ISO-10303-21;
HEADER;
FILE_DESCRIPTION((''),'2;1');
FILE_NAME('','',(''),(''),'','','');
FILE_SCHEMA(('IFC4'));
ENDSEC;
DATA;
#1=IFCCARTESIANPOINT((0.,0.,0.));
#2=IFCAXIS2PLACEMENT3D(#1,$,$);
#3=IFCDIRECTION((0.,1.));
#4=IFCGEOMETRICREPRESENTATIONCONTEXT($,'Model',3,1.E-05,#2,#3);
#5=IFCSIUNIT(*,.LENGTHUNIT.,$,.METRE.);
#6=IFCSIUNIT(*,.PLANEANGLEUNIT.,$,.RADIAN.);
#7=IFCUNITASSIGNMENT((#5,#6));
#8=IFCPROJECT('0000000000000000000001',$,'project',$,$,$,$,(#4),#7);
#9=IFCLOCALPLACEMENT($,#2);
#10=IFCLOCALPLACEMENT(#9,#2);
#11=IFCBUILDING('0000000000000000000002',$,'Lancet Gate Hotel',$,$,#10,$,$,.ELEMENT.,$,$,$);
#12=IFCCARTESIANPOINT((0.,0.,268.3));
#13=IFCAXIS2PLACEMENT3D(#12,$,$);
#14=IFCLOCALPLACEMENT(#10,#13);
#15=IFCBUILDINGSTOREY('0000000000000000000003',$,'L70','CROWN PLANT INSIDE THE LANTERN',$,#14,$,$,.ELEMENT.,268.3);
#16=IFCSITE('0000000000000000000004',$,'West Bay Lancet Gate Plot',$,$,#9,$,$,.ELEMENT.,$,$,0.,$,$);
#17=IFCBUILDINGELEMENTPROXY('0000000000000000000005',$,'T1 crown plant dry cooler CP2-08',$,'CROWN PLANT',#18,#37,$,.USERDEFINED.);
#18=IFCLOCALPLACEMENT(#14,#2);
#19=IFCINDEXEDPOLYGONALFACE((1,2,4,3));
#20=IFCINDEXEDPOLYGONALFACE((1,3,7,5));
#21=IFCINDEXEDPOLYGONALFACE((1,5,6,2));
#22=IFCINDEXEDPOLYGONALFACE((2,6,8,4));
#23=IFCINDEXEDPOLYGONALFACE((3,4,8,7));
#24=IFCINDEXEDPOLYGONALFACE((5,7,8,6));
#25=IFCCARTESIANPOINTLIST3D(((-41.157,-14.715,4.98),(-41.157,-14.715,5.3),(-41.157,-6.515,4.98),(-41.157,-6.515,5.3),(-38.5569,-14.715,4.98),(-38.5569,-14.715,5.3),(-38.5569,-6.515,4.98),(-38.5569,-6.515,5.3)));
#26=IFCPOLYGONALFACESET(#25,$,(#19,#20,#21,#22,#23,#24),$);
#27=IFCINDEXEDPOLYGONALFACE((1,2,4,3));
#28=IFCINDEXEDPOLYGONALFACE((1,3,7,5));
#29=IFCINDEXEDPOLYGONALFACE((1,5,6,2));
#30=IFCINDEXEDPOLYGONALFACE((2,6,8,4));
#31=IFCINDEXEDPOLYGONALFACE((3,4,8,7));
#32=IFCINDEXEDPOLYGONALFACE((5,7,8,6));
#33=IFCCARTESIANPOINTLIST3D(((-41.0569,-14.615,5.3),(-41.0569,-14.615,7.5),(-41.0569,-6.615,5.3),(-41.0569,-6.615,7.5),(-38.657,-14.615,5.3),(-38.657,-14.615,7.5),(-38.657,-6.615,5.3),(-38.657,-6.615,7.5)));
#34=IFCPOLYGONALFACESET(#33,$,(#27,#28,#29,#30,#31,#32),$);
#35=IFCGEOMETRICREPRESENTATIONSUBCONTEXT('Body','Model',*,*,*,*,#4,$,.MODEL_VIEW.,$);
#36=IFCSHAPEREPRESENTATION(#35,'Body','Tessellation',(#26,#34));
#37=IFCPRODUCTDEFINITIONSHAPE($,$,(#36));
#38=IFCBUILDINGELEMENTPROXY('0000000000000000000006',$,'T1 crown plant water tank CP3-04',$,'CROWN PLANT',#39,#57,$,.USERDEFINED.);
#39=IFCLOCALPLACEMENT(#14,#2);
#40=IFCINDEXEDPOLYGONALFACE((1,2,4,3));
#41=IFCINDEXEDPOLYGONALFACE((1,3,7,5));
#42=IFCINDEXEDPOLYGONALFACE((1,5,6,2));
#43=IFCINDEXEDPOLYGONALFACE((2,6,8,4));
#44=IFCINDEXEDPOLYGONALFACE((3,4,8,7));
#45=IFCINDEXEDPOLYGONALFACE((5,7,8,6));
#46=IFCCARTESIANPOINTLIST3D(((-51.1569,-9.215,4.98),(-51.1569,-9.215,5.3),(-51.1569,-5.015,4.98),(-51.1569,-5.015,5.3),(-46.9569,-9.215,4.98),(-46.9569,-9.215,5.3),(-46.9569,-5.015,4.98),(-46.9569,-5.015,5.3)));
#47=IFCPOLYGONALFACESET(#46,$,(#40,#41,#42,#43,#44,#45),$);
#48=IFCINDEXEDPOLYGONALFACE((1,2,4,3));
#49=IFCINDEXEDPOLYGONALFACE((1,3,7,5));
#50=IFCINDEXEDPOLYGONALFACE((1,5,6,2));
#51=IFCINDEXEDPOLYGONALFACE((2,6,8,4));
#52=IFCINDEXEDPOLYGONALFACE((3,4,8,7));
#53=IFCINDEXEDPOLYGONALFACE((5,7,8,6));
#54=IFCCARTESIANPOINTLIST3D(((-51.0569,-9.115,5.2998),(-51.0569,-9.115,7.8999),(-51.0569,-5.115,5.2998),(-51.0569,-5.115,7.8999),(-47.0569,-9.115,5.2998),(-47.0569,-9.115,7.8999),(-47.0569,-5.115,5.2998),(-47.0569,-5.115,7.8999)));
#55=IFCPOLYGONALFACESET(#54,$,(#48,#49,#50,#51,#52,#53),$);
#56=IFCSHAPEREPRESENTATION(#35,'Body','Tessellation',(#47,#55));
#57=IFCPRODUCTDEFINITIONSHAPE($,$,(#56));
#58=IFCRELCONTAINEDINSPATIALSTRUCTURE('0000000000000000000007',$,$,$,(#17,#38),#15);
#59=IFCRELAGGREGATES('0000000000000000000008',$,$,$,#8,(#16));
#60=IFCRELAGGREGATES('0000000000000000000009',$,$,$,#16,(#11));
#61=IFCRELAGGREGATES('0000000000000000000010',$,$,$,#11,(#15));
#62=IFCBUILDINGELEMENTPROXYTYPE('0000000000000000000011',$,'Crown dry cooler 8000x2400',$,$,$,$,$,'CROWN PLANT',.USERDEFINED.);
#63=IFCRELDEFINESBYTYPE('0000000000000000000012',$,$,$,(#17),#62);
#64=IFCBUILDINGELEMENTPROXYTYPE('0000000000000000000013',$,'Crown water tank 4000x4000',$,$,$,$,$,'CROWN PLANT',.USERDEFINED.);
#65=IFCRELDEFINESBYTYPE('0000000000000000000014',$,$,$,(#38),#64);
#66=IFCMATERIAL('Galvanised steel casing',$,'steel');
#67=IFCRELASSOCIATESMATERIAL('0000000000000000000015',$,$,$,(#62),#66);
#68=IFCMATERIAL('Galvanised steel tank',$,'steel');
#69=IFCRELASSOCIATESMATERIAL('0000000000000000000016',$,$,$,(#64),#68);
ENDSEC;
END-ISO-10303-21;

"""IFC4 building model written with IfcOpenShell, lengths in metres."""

from ifc_helpers import new_model, si_unit, direction, frame, origin, origin_2d, place, context, subcontext, project, spatial, rectangle, extrude, material, type_object, element, save


model = new_model("IFC4")

# Units and contexts
model_context = context("Model", 3, precision=1e-05, world=origin(), true_north=direction((0.0, 1.0)))
body_context = subcontext(model_context, "Body", "Model", "MODEL_VIEW")
ifc_project = project(units=[si_unit("LENGTHUNIT", "METRE"), si_unit("PLANEANGLEUNIT", "RADIAN")], contexts=[model_context])

# Site, building, storey
site_placement = place(None, origin())
site = spatial("IfcSite", under=ifc_project, at=site_placement, Name="West Bay Lancet Gate Plot", CompositionType="ELEMENT", RefElevation=0.0)
building_placement = place(site_placement, origin())
building = spatial("IfcBuilding", under=site, at=building_placement, Name="Lancet Gate Hotel", CompositionType="ELEMENT")
storey_placement = place(building_placement, frame((0.0, 0.0, 268.3)))
storey = spatial("IfcBuildingStorey", under=building, at=storey_placement, Name="L70", Description="CROWN PLANT INSIDE THE LANTERN", CompositionType="ELEMENT", Elevation=268.3)

# Building element proxies
ifc_material_1 = material(Name="Galvanised steel casing", Category="steel")
building_element_proxy_type_1 = type_object("IfcBuildingElementProxyType", Name="Crown dry cooler 8000x2400", ElementType="CROWN PLANT", PredefinedType="USERDEFINED", material=ifc_material_1)
proxy_1_placement = place(storey_placement, frame((-39.8569, -10.615, 4.98), z_axis=(0.0, 0.0, 1.0), x_axis=(1.0, 0.0, 0.0)))
element("IfcBuildingElementProxy", 1, at=proxy_1_placement, inside=storey, type_object=building_element_proxy_type_1, Name="T1 crown plant dry cooler CP2-08", ObjectType="CROWN PLANT", PredefinedType="USERDEFINED", context=body_context, shape_type="SweptSolid", body=[
    extrude(rectangle(XDim=8.2, YDim=2.6001, at=origin_2d()), frame((0.0, 0.0, 0.0), z_axis=(0.0, 0.0, 1.0), x_axis=(0.0, 1.0, 0.0)), (0.0, 0.0, 1.0), 0.3201),
    extrude(rectangle(XDim=8.0, YDim=2.3999, at=origin_2d()), frame((0.0, 0.0, 0.3201), z_axis=(0.0, 0.0, 1.0), x_axis=(0.0, 1.0, 0.0)), (0.0, 0.0, 1.0), 2.2),
])
ifc_material_2 = material(Name="Galvanised steel tank", Category="steel")
building_element_proxy_type_2 = type_object("IfcBuildingElementProxyType", Name="Crown water tank 4000x4000", ElementType="CROWN PLANT", PredefinedType="USERDEFINED", material=ifc_material_2)
proxy_2_placement = place(storey_placement, frame((-49.0569, -7.115, 4.98), z_axis=(0.0, 0.0, 1.0), x_axis=(1.0, 0.0, 0.0)))
element("IfcBuildingElementProxy", 2, at=proxy_2_placement, inside=storey, type_object=building_element_proxy_type_2, Name="T1 crown plant water tank CP3-04", ObjectType="CROWN PLANT", PredefinedType="USERDEFINED", context=body_context, shape_type="SweptSolid", body=[
    extrude(rectangle(XDim=4.2, YDim=4.2, at=origin_2d()), frame((0.0, 0.0, 0.0), z_axis=(0.0, 0.0, 1.0), x_axis=(0.0, 1.0, 0.0)), (0.0, 0.0, 1.0), 0.3201),
    extrude(rectangle(XDim=4.0, YDim=4.0, at=origin_2d()), frame((0.0, 0.0, 0.3198), z_axis=(0.0, 0.0, 1.0), x_axis=(0.0, 1.0, 0.0)), (0.0, 0.0, 1.0), 2.6001),
])

save(model, "model.ifc")
